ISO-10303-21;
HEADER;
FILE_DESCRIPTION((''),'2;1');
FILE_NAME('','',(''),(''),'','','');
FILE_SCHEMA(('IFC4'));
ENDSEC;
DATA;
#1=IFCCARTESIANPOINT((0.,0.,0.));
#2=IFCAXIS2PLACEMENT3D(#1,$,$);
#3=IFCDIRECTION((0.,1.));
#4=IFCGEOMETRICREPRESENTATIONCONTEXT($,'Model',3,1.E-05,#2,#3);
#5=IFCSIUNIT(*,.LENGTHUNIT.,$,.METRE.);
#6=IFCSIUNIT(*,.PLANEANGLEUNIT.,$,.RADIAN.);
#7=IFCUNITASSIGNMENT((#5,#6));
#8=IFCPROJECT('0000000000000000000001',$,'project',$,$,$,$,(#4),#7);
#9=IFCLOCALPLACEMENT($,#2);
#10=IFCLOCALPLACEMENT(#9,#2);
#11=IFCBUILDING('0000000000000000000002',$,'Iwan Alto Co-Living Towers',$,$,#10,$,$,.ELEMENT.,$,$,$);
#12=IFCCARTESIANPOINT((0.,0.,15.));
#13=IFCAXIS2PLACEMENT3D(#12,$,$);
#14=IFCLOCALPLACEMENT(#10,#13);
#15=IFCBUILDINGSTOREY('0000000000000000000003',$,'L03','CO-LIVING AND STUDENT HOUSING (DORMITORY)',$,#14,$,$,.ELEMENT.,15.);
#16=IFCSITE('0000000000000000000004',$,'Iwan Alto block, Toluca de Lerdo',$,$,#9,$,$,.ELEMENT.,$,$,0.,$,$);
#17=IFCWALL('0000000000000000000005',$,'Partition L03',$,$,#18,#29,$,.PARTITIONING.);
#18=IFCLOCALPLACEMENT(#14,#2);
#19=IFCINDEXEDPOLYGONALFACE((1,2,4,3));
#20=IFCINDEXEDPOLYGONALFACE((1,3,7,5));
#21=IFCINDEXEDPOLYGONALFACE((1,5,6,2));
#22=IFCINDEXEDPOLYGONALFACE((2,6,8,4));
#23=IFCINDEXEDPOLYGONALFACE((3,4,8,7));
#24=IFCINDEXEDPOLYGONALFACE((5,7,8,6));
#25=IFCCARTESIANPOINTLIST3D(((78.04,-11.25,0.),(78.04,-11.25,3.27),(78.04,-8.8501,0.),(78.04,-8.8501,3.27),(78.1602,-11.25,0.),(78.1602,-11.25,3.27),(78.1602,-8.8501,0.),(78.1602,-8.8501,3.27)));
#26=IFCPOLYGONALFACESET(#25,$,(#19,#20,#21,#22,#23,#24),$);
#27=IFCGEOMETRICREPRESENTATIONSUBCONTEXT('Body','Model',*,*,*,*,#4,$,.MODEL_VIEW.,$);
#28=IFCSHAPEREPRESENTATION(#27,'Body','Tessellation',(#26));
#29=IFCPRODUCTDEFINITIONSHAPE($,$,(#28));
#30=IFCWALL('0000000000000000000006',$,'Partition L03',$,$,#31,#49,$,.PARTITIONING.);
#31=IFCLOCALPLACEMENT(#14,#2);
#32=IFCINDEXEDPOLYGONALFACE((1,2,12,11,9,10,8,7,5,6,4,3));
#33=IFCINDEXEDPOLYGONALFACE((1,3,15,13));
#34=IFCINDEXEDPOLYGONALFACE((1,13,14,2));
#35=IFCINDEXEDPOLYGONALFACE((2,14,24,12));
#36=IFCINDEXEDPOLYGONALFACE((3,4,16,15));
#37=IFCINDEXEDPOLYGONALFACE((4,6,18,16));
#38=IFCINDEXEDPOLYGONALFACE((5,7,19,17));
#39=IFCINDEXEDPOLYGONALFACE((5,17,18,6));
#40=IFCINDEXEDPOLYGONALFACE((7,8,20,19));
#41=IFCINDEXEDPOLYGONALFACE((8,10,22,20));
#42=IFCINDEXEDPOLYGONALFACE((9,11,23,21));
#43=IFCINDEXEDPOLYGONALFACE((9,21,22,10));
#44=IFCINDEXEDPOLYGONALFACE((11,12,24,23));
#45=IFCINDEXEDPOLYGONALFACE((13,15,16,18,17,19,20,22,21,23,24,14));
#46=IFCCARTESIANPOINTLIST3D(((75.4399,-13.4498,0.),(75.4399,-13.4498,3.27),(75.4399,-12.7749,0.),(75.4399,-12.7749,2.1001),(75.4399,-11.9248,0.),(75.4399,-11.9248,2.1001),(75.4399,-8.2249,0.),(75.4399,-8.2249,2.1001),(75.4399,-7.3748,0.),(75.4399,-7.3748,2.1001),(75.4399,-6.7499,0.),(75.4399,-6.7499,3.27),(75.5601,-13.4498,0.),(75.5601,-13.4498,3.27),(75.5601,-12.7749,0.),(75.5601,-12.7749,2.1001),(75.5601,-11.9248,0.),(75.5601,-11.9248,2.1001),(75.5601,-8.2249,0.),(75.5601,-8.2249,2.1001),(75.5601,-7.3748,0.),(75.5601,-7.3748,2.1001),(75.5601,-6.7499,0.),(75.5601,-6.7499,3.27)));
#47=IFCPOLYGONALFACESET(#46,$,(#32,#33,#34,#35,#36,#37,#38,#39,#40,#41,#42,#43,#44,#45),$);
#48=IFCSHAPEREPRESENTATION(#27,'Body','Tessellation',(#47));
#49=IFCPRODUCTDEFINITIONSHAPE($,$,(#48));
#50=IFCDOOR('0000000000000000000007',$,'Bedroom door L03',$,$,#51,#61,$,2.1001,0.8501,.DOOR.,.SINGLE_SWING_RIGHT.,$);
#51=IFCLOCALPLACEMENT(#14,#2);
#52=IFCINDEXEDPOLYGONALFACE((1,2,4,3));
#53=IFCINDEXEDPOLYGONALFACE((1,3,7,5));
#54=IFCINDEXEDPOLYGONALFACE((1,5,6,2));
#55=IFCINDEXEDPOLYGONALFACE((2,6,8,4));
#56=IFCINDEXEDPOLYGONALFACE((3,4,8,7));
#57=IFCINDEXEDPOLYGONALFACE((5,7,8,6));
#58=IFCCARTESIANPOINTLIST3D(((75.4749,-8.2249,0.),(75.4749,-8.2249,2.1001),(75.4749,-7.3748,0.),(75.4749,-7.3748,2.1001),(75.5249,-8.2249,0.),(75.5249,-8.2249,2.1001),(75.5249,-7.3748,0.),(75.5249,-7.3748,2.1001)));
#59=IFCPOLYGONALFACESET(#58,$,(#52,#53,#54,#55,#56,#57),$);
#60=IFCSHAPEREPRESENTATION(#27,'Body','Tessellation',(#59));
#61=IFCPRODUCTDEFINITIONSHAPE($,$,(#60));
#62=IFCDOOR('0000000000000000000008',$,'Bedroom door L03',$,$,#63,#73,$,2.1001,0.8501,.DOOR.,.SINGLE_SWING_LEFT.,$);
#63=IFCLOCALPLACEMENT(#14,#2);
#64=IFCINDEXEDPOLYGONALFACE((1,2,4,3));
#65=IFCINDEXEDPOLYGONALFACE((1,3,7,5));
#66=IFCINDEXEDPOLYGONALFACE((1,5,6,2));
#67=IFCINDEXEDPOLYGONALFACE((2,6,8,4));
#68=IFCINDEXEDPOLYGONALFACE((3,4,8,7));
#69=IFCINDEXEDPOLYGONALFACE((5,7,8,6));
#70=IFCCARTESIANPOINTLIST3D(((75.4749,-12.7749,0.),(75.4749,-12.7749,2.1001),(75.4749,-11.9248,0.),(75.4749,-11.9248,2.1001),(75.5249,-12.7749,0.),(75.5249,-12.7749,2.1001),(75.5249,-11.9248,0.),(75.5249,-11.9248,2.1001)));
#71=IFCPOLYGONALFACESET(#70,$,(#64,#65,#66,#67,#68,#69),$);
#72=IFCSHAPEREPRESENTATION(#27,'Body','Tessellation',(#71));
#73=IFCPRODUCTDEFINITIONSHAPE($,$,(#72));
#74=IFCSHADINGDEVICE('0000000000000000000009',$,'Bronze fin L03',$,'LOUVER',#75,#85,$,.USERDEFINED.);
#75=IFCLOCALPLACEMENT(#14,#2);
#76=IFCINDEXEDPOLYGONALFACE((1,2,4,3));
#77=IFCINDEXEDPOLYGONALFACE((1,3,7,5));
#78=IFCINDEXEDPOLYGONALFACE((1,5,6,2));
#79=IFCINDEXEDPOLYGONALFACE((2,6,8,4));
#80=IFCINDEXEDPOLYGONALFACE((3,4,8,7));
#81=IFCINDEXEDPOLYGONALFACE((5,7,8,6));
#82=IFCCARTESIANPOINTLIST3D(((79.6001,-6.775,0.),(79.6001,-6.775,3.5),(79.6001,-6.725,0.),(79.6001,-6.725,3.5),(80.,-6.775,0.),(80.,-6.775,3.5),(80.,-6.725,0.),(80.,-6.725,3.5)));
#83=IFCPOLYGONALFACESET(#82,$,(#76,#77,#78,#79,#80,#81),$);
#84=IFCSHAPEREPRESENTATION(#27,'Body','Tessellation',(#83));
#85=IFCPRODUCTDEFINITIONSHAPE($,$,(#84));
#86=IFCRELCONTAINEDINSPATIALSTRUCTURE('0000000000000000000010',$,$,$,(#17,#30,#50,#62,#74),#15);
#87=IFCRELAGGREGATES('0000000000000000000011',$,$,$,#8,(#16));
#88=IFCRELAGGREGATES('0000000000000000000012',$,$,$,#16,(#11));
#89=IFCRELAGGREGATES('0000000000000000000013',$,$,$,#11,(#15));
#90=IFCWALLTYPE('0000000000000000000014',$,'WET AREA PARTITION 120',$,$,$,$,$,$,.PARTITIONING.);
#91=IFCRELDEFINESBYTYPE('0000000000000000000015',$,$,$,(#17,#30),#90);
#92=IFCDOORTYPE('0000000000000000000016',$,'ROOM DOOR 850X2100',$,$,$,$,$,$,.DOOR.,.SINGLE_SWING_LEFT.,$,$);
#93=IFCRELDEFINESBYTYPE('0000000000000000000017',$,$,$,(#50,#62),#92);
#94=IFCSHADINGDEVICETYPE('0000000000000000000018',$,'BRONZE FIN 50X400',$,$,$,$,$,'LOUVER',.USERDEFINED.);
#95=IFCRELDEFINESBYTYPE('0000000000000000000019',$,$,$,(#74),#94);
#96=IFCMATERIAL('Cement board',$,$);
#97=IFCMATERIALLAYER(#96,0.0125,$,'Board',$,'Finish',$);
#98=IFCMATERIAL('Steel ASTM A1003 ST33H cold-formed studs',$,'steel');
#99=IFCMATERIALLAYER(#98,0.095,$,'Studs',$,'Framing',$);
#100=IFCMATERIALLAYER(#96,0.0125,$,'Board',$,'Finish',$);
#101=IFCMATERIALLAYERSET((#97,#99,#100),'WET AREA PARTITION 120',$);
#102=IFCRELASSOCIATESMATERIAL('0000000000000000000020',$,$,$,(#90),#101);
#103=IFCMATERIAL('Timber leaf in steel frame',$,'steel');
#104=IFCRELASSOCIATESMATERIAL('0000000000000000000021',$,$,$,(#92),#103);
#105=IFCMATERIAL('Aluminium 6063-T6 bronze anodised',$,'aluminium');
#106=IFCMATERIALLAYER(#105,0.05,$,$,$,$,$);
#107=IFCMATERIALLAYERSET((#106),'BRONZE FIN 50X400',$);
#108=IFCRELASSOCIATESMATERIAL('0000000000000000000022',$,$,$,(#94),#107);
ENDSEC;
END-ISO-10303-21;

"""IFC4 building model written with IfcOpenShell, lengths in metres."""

from ifc_helpers import new_model, si_unit, direction, frame, frame_2d, origin, origin_2d, place, context, subcontext, project, spatial, rectangle, extrude, material, layer, layer_set, type_object, element, fill, save


model = new_model("IFC4")

# Units and contexts
model_context = context("Model", 3, precision=1e-05, world=origin(), true_north=direction((0.0, 1.0)))
body_context = subcontext(model_context, "Body", "Model", "MODEL_VIEW")
ifc_project = project(units=[si_unit("LENGTHUNIT", "METRE"), si_unit("PLANEANGLEUNIT", "RADIAN")], contexts=[model_context])

# Site, building, storey
site_placement = place(None, origin())
site = spatial("IfcSite", under=ifc_project, at=site_placement, Name="Iwan Alto block, Toluca de Lerdo", CompositionType="ELEMENT", RefElevation=0.0)
building_placement = place(site_placement, origin())
building = spatial("IfcBuilding", under=site, at=building_placement, Name="Iwan Alto Co-Living Towers", CompositionType="ELEMENT")
storey_placement = place(building_placement, frame((0.0, 0.0, 15.0)))
storey = spatial("IfcBuildingStorey", under=building, at=storey_placement, Name="L03", Description="CO-LIVING AND STUDENT HOUSING (DORMITORY)", CompositionType="ELEMENT", Elevation=15.0)

# Shared definitions
ifc_material_1 = material(Name="Cement board")
ifc_layer_1 = layer(ifc_material_1, 0.0125, Name="Board", Category="Finish")
ifc_material_2 = material(Name="Steel ASTM A1003 ST33H cold-formed studs", Category="steel")
ifc_layer_2 = layer(ifc_material_2, 0.095, Name="Studs", Category="Framing")
ifc_layer_3 = layer(ifc_material_1, 0.0125, Name="Board", Category="Finish")
ifc_layer_set_1 = layer_set([ifc_layer_1, ifc_layer_2, ifc_layer_3], Name="WET AREA PARTITION 120")
wall_type = type_object("IfcWallType", Name="WET AREA PARTITION 120", PredefinedType="PARTITIONING", material=ifc_layer_set_1)

# Shared definitions
ifc_material_3 = material(Name="Timber leaf in steel frame", Category="steel")
door_type = type_object("IfcDoorType", Name="ROOM DOOR 850X2100", OperationType="SINGLE_SWING_LEFT", PredefinedType="DOOR", material=ifc_material_3)

# Wall
wall_1_placement = place(storey_placement, frame((78.1001, -11.25, 0.0), z_axis=(0.0, 0.0, 1.0), x_axis=(0.0, 1.0, 0.0)))
element("IfcWall", 1, at=wall_1_placement, inside=storey, type_object=wall_type, Name="Partition L03", PredefinedType="PARTITIONING", context=body_context, shape_type="SweptSolid", body=[
    extrude(rectangle(XDim=2.3999, YDim=0.1201, at=frame_2d((1.2, 0.0))), origin(), (0.0, 0.0, 1.0), 3.27),
])

# Wall, openings, doors
wall_2_placement = place(storey_placement, frame((75.5, -13.45, 0.0), z_axis=(0.0, 0.0, 1.0), x_axis=(0.0, 1.0, 0.0)))
wall_2 = element("IfcWall", 2, at=wall_2_placement, inside=storey, type_object=wall_type, Name="Partition L03", PredefinedType="PARTITIONING", context=body_context, shape_type="SweptSolid", body=[
    extrude(rectangle(XDim=6.7, YDim=0.1201, at=frame_2d((3.3501, 0.0))), origin(), (0.0, 0.0, 1.0), 3.27),
])
opening_1_placement = place(wall_2_placement, frame((5.2251, 0.0, 0.0)))
opening_1 = element("IfcOpeningElement", 3, at=opening_1_placement, cuts=wall_2, PredefinedType="OPENING", context=body_context, shape_type="SweptSolid", body=[
    extrude(rectangle(XDim=0.8501, YDim=2.1001, at=frame_2d((0.425, 1.05))), frame((0.0, 0.0701, 0.0), z_axis=(0.0, -1.0, 0.0), x_axis=(1.0, 0.0, 0.0)), (0.0, 0.0, 1.0), 0.1401),
])
opening_2_placement = place(wall_2_placement, frame((0.675, 0.0, 0.0)))
opening_2 = element("IfcOpeningElement", 4, at=opening_2_placement, cuts=wall_2, PredefinedType="OPENING", context=body_context, shape_type="SweptSolid", body=[
    extrude(rectangle(XDim=0.8501, YDim=2.1001, at=frame_2d((0.425, 1.05))), frame((0.0, 0.0701, 0.0), z_axis=(0.0, -1.0, 0.0), x_axis=(1.0, 0.0, 0.0)), (0.0, 0.0, 1.0), 0.1401),
])
door_1_placement = place(opening_1_placement, frame((0.8501, 0.0, 0.0), z_axis=(0.0, 0.0, 1.0), x_axis=(-1.0, 0.0, 0.0)))
door_1 = element("IfcDoor", 5, at=door_1_placement, inside=storey, type_object=door_type, Name="Bedroom door L03", OperationType="SINGLE_SWING_RIGHT", OverallHeight=2.1001, OverallWidth=0.8501, PredefinedType="DOOR", context=body_context, shape_type="SweptSolid", body=[
    extrude(rectangle(XDim=0.8501, YDim=2.1001, at=frame_2d((0.425, 1.05))), frame((0.0, 0.0249, 0.0), z_axis=(0.0, -1.0, 0.0), x_axis=(1.0, 0.0, 0.0)), (0.0, 0.0, 1.0), 0.05),
])
fill(opening_1, door_1)
door_2_placement = place(opening_2_placement, frame((0.8501, 0.0, 0.0), z_axis=(0.0, 0.0, 1.0), x_axis=(-1.0, 0.0, 0.0)))
door_2 = element("IfcDoor", 6, at=door_2_placement, inside=storey, type_object=door_type, Name="Bedroom door L03", OperationType="SINGLE_SWING_LEFT", OverallHeight=2.1001, OverallWidth=0.8501, PredefinedType="DOOR", context=body_context, shape_type="SweptSolid", body=[
    extrude(rectangle(XDim=0.8501, YDim=2.1001, at=frame_2d((0.425, 1.05))), frame((0.0, 0.0249, 0.0), z_axis=(0.0, -1.0, 0.0), x_axis=(1.0, 0.0, 0.0)), (0.0, 0.0, 1.0), 0.05),
])
fill(opening_2, door_2)

# Shading device
ifc_material_4 = material(Name="Aluminium 6063-T6 bronze anodised", Category="aluminium")
ifc_layer_4 = layer(ifc_material_4, 0.05)
ifc_layer_set_2 = layer_set([ifc_layer_4], Name="BRONZE FIN 50X400")
shading_device_type = type_object("IfcShadingDeviceType", Name="BRONZE FIN 50X400", ElementType="LOUVER", PredefinedType="USERDEFINED", material=ifc_layer_set_2)
shading_device_placement = place(storey_placement, frame((79.8, -6.75, 0.0), z_axis=(0.0, 0.0, 1.0), x_axis=(0.0, 1.0, 0.0)))
element("IfcShadingDevice", 7, at=shading_device_placement, inside=storey, type_object=shading_device_type, Name="Bronze fin L03", ObjectType="LOUVER", PredefinedType="USERDEFINED", context=body_context, shape_type="SweptSolid", body=[
    extrude(rectangle(XDim=0.05, YDim=0.3999, at=origin_2d()), origin(), (0.0, 0.0, 1.0), 3.5),
])

save(model, "model.ifc")
